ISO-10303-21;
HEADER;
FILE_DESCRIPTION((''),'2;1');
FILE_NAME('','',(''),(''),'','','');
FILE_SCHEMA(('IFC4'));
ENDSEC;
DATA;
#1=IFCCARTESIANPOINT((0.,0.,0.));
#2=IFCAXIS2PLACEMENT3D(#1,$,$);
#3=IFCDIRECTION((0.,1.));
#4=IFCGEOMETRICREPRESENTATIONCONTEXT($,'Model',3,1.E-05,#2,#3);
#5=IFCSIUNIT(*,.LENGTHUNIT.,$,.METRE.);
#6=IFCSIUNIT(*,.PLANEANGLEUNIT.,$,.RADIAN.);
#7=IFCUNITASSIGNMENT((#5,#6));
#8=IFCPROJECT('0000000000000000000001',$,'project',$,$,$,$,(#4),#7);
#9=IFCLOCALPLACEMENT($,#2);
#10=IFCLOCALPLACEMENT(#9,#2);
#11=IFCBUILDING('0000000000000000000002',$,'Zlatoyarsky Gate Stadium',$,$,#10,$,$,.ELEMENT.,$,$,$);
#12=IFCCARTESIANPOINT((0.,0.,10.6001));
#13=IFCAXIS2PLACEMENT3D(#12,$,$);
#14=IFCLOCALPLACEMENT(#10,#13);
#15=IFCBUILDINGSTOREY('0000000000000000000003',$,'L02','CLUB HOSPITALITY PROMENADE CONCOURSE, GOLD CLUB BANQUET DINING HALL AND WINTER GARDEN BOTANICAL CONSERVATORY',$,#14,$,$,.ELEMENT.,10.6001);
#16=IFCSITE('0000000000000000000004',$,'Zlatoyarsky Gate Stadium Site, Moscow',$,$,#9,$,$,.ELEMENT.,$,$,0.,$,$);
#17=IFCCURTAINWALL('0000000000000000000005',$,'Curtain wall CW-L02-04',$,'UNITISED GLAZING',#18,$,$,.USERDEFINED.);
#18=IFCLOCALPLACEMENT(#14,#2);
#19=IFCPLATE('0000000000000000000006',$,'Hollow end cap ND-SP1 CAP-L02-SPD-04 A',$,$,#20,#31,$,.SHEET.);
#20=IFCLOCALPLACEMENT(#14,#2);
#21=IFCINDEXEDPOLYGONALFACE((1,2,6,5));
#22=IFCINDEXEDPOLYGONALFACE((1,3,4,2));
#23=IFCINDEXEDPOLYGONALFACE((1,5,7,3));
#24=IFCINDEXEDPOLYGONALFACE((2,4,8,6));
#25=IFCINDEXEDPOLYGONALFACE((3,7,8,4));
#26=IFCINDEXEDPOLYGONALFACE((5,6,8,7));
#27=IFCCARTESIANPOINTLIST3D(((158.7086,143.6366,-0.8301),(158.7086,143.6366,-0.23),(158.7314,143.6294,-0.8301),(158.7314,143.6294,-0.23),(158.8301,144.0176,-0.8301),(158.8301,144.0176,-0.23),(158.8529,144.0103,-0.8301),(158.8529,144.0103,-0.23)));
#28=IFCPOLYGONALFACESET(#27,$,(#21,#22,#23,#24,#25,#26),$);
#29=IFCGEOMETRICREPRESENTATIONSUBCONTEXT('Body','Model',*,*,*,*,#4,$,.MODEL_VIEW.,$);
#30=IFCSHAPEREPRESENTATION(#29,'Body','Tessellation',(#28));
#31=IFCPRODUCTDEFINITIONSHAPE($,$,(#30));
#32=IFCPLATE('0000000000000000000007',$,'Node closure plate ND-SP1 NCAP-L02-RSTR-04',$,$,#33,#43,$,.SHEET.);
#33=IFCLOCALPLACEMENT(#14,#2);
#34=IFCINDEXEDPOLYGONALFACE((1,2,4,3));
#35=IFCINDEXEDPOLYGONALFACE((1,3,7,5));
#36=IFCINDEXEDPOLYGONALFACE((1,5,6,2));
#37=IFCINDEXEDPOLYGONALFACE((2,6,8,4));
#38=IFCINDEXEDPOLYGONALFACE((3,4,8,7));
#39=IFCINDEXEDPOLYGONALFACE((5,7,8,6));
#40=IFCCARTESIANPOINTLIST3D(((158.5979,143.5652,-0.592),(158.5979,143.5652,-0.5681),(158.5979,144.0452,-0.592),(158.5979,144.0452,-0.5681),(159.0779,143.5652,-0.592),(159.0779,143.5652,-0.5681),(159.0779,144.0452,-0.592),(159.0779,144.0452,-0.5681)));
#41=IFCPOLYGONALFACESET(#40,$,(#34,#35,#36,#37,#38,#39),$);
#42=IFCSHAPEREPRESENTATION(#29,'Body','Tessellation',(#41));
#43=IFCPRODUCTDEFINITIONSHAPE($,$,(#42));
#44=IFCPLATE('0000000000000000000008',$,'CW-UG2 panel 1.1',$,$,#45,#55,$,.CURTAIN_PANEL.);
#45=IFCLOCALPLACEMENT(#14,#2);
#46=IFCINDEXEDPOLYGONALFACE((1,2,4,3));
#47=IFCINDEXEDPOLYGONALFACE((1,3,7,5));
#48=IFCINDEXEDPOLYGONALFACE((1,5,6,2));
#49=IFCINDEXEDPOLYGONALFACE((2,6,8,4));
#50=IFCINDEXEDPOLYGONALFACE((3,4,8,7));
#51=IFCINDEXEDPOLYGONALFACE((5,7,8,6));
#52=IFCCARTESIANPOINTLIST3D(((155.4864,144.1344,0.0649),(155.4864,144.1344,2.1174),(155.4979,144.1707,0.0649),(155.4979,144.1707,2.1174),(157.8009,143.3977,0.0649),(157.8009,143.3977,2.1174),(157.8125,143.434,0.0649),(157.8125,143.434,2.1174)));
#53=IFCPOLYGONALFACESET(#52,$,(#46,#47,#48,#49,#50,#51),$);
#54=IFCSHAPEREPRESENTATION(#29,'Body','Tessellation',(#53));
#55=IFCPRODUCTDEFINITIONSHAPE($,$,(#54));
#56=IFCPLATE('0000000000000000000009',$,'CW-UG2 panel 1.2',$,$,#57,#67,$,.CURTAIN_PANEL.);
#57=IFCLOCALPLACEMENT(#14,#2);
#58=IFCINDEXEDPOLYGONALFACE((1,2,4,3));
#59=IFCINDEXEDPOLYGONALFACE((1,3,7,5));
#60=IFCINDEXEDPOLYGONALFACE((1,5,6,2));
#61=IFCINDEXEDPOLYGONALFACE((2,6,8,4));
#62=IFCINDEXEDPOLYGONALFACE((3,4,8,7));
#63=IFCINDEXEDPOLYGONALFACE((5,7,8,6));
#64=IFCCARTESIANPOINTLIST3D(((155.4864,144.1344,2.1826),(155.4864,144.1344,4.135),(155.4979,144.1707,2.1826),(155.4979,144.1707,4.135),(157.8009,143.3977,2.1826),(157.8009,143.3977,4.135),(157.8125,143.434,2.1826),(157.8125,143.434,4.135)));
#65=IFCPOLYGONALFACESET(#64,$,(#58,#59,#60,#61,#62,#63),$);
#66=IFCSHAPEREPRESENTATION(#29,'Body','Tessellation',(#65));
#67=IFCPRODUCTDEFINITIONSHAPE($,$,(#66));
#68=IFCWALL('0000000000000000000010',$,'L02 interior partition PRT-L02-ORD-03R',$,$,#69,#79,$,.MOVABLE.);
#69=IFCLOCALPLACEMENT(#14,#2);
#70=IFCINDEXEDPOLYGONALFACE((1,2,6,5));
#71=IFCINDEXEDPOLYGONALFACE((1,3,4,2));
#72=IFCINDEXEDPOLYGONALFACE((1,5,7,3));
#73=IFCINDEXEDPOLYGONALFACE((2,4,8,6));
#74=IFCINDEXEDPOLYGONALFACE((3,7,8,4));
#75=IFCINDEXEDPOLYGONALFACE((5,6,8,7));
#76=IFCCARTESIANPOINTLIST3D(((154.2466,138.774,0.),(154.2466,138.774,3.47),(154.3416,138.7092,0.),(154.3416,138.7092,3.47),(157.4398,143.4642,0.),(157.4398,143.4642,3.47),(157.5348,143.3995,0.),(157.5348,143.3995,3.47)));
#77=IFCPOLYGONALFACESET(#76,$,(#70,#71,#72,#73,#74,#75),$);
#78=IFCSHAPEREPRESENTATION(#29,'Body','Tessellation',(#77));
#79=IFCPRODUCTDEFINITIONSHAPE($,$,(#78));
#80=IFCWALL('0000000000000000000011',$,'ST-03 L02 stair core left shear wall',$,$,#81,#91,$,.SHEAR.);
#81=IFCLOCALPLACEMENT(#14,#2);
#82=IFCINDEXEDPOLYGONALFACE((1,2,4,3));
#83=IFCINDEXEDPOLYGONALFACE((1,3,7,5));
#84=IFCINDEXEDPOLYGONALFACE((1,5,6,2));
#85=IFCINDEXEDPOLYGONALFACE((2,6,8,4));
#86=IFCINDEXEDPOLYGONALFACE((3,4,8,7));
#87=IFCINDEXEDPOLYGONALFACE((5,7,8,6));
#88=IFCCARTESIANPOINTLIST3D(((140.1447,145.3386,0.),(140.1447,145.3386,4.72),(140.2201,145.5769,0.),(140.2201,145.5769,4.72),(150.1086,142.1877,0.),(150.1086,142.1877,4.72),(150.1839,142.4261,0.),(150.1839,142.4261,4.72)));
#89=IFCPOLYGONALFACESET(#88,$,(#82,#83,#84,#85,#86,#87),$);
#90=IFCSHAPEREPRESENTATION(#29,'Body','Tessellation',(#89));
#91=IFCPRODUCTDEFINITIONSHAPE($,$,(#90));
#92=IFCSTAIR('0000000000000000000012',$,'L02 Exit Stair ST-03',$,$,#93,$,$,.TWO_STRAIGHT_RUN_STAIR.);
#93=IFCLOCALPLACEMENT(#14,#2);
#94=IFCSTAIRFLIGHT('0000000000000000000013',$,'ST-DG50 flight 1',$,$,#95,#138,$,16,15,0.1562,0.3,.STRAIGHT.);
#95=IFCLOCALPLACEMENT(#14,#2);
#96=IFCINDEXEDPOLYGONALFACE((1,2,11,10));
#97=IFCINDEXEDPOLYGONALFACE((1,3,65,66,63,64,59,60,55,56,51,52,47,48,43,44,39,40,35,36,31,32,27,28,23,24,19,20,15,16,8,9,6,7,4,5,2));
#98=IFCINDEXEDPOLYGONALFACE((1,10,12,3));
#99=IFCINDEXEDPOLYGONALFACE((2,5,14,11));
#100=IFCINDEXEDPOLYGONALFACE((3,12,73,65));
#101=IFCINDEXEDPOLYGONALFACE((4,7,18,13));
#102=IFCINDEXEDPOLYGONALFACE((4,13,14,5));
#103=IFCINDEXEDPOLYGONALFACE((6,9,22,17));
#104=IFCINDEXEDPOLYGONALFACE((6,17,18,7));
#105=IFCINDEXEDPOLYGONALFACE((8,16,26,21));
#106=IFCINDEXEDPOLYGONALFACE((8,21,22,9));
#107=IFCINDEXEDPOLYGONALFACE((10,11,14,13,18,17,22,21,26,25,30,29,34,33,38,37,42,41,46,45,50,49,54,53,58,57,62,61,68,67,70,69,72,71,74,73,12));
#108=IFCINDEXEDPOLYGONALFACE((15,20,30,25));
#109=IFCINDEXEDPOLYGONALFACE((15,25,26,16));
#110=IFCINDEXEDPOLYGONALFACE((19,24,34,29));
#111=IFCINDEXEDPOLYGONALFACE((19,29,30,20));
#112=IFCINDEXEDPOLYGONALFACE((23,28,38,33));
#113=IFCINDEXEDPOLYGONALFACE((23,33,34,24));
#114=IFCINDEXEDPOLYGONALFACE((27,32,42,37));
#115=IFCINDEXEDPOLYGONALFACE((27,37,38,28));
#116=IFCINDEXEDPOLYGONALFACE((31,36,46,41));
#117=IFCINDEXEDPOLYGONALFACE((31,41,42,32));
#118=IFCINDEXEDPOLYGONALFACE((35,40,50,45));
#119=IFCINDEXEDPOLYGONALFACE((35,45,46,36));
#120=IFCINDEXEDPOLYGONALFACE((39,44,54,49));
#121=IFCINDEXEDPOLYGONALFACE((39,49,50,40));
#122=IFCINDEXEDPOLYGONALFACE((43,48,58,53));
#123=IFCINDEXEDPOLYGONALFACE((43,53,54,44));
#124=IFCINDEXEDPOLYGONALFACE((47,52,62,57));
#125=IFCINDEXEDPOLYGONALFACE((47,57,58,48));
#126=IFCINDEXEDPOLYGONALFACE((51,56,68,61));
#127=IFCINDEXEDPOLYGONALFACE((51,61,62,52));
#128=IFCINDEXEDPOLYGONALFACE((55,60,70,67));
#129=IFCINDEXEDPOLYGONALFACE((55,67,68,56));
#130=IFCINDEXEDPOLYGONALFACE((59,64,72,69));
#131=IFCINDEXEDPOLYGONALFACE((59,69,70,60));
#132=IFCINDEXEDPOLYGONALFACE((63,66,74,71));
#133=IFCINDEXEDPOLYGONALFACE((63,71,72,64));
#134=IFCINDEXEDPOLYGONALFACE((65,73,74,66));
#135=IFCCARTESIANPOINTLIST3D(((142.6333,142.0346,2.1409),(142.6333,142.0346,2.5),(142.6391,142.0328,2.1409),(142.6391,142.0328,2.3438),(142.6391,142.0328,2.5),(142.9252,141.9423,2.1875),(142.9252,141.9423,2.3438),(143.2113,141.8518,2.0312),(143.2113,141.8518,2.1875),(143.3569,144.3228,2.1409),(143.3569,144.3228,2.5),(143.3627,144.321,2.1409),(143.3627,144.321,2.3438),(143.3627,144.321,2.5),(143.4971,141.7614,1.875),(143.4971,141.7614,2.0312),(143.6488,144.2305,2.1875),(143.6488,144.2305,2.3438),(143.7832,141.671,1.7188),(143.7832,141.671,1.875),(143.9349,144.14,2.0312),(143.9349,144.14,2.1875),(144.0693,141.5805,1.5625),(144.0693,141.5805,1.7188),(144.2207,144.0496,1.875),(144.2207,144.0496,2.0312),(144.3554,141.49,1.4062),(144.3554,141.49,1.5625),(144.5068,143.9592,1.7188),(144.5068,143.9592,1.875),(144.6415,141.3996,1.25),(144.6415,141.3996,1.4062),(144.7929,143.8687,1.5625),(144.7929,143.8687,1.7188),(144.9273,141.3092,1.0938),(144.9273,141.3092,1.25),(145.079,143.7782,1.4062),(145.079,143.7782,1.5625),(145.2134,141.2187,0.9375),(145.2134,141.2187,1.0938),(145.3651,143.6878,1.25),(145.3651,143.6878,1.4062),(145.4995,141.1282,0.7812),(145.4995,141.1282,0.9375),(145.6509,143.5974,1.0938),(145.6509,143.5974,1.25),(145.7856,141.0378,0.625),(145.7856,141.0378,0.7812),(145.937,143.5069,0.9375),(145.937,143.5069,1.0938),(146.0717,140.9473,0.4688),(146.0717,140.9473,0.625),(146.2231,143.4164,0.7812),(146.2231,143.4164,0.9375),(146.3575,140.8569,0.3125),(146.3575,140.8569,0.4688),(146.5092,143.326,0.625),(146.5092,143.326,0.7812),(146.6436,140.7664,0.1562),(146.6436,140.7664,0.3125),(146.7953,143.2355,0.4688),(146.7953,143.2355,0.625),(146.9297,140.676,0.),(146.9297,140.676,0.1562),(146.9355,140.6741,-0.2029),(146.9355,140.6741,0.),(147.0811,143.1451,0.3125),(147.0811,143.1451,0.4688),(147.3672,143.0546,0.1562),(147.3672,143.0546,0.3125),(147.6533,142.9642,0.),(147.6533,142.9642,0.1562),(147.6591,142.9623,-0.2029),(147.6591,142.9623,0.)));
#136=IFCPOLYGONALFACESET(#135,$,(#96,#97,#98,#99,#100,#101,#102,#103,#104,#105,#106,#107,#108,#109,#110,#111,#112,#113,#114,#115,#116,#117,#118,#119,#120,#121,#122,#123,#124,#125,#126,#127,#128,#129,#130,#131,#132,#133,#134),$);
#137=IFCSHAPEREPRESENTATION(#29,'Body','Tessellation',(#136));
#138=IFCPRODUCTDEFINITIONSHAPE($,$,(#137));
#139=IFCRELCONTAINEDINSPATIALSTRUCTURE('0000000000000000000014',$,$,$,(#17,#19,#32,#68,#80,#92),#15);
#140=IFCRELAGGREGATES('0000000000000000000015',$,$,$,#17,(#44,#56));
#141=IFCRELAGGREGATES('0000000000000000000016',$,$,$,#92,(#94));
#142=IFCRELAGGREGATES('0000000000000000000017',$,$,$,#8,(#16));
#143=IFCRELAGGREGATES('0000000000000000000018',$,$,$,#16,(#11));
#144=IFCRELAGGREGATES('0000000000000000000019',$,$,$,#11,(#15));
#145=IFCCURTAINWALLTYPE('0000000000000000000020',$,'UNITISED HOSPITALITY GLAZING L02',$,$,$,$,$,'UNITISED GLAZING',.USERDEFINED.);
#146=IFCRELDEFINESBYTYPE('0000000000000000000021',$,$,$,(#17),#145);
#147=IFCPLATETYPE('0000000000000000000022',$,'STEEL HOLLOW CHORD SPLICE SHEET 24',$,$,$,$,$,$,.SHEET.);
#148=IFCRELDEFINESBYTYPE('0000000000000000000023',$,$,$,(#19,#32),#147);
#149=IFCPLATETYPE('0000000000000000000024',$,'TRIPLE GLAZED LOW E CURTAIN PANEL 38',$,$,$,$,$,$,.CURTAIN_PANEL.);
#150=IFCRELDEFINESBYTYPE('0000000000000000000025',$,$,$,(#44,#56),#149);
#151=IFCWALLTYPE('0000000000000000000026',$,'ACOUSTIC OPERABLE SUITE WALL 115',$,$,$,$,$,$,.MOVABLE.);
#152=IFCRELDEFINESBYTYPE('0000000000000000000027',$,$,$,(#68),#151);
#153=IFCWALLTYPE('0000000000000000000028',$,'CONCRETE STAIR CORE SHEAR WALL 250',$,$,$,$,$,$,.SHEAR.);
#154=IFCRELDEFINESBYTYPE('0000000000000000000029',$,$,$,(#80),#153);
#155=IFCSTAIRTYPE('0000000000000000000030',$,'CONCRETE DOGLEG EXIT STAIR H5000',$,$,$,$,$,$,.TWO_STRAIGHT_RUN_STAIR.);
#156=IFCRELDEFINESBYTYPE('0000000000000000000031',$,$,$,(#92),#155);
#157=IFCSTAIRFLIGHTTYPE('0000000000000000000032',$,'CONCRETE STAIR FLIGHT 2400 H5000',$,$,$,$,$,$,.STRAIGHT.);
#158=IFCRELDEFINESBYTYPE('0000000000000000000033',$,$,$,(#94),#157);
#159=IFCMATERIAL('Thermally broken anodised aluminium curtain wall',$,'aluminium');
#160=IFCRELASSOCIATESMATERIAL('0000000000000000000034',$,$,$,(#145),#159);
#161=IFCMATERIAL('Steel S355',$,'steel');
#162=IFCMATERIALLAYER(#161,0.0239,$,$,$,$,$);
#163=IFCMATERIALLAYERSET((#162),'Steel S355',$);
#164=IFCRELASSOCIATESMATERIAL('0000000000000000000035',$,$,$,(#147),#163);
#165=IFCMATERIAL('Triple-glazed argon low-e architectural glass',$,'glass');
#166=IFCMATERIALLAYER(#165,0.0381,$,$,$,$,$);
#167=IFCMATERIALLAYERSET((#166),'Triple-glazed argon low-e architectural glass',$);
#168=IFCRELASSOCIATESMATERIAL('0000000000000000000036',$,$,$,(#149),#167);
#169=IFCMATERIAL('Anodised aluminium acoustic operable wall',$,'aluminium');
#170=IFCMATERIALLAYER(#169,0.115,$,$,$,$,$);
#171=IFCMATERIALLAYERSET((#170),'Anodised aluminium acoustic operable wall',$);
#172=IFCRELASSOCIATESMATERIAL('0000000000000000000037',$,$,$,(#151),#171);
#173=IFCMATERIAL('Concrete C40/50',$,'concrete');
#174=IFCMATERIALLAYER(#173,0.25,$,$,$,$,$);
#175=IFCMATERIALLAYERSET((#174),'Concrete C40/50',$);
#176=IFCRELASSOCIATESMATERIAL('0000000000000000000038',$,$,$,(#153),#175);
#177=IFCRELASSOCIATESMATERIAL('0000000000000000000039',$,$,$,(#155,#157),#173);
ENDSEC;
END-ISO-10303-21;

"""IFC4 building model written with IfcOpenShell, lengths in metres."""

from ifc_helpers import new_model, si_unit, direction, frame, frame_2d, origin, origin_2d, place, context, subcontext, project, spatial, polyline, rectangle, outline, extrude, material, layer, layer_set, type_object, element, aggregate, save


model = new_model("IFC4")

# Units and contexts
model_context = context("Model", 3, precision=1e-05, world=origin(), true_north=direction((0.0, 1.0)))
body_context = subcontext(model_context, "Body", "Model", "MODEL_VIEW")
ifc_project = project(units=[si_unit("LENGTHUNIT", "METRE"), si_unit("PLANEANGLEUNIT", "RADIAN")], contexts=[model_context])

# Site, building, storey
site_placement = place(None, origin())
site = spatial("IfcSite", under=ifc_project, at=site_placement, Name="Zlatoyarsky Gate Stadium Site, Moscow", CompositionType="ELEMENT", RefElevation=0.0)
building_placement = place(site_placement, origin())
building = spatial("IfcBuilding", under=site, at=building_placement, Name="Zlatoyarsky Gate Stadium", CompositionType="ELEMENT")
storey_placement = place(building_placement, frame((0.0, 0.0, 10.6001)))
storey = spatial("IfcBuildingStorey", under=building, at=storey_placement, Name="L02", Description="CLUB HOSPITALITY PROMENADE CONCOURSE, GOLD CLUB BANQUET DINING HALL AND WINTER GARDEN BOTANICAL CONSERVATORY", CompositionType="ELEMENT", Elevation=10.6001)

# Shared definitions
ifc_material_1 = material(Name="Steel S355", Category="steel")

# Shared definitions
ifc_material_2 = material(Name="Thermally broken anodised aluminium curtain wall", Category="aluminium")
curtain_wall_type = type_object("IfcCurtainWallType", Name="UNITISED HOSPITALITY GLAZING L02", ElementType="UNITISED GLAZING", PredefinedType="USERDEFINED", material=ifc_material_2)

# Curtain wall
curtain_wall_1_placement = place(storey_placement, origin())
curtain_wall_1 = element("IfcCurtainWall", 1, at=curtain_wall_1_placement, inside=storey, type_object=curtain_wall_type, Name="Curtain wall CW-L02-04", ObjectType="UNITISED GLAZING", PredefinedType="USERDEFINED")

# Plates
ifc_layer_1 = layer(ifc_material_1, 0.0239)
ifc_layer_set_1 = layer_set([ifc_layer_1], Name="Steel S355")
plate_type_1 = type_object("IfcPlateType", Name="STEEL HOLLOW CHORD SPLICE SHEET 24", PredefinedType="SHEET", material=ifc_layer_set_1)
for number, where, z_axis, x_axis, name in (
    (2, (158.7808, 143.8235, -0.8301), (0.0, 0.0, 1.0), (-0.952709, 0.303884, 0.0), "Hollow end cap ND-SP1 CAP-L02-SPD-04 A"),
):
    element("IfcPlate", number, at=place(storey_placement, frame(where, z_axis=z_axis, x_axis=x_axis)), inside=storey, type_object=plate_type_1, Name=name, PredefinedType="SHEET", context=body_context, shape_type="SweptSolid", body=[
        extrude(rectangle(XDim=0.0239, YDim=0.3999, at=origin_2d()), origin(), (0.0, 0.0, 1.0), 0.6001),
    ])
plate_1_placement = place(storey_placement, frame((158.8379, 143.8052, -0.592), z_axis=(0.0, 0.0, 1.0), x_axis=(1.0, 0.0, 0.0)))
element("IfcPlate", 3, at=plate_1_placement, inside=storey, type_object=plate_type_1, Name="Node closure plate ND-SP1 NCAP-L02-RSTR-04", PredefinedType="SHEET", context=body_context, shape_type="SweptSolid", body=[
    extrude(rectangle(XDim=0.48, YDim=0.48, at=origin_2d()), origin(), (0.0, 0.0, 1.0), 0.0239),
])

# Plates
ifc_material_3 = material(Name="Triple-glazed argon low-e architectural glass", Category="glass")
ifc_layer_2 = layer(ifc_material_3, 0.0381)
ifc_layer_set_2 = layer_set([ifc_layer_2], Name="Triple-glazed argon low-e architectural glass")
plate_type_2 = type_object("IfcPlateType", Name="TRIPLE GLAZED LOW E CURTAIN PANEL 38", PredefinedType="CURTAIN_PANEL", material=ifc_layer_set_2)
plate_2_placement = place(storey_placement, frame((156.6494, 143.7842, 0.0649), z_axis=(0.0, 0.0, 1.0), x_axis=(-0.952902, 0.303278, 0.0)))
plate_2 = element("IfcPlate", 4, at=plate_2_placement, type_object=plate_type_2, Name="CW-UG2 panel 1.1", PredefinedType="CURTAIN_PANEL", context=body_context, shape_type="SweptSolid", body=[
    extrude(rectangle(XDim=2.429, YDim=0.0381, at=origin_2d()), origin(), (0.0, 0.0, 1.0), 2.0525),
])
plate_3_placement = place(storey_placement, frame((156.6494, 143.7842, 2.1826), z_axis=(0.0, 0.0, 1.0), x_axis=(-0.952902, 0.303278, 0.0)))
plate_3 = element("IfcPlate", 5, at=plate_3_placement, type_object=plate_type_2, Name="CW-UG2 panel 1.2", PredefinedType="CURTAIN_PANEL", context=body_context, shape_type="SweptSolid", body=[
    extrude(rectangle(XDim=2.429, YDim=0.0381, at=origin_2d()), origin(), (0.0, 0.0, 1.0), 1.9524),
])
aggregate(curtain_wall_1, [plate_2, plate_3])

# Walls
ifc_material_4 = material(Name="Anodised aluminium acoustic operable wall", Category="aluminium")
ifc_layer_3 = layer(ifc_material_4, 0.115)
ifc_layer_set_3 = layer_set([ifc_layer_3], Name="Anodised aluminium acoustic operable wall")
wall_type_1 = type_object("IfcWallType", Name="ACOUSTIC OPERABLE SUITE WALL 115", PredefinedType="MOVABLE", material=ifc_layer_set_3)
wall_1_placement = place(storey_placement, frame((154.2942, 138.7417, 0.0), z_axis=(0.0, 0.0, 1.0), x_axis=(0.562767, 0.826616, 0.0)))
element("IfcWall", 6, at=wall_1_placement, inside=storey, type_object=wall_type_1, Name="L02 interior partition PRT-L02-ORD-03R", PredefinedType="MOVABLE", context=body_context, shape_type="SweptSolid", body=[
    extrude(rectangle(XDim=5.6741, YDim=0.115, at=frame_2d((2.8369, 0.0))), origin(), (0.0, 0.0, 1.0), 3.47),
])
ifc_material_5 = material(Name="Concrete C40/50", Category="concrete")
ifc_layer_4 = layer(ifc_material_5, 0.25)
ifc_layer_set_4 = layer_set([ifc_layer_4], Name="Concrete C40/50")
wall_type_2 = type_object("IfcWallType", Name="CONCRETE STAIR CORE SHEAR WALL 250", PredefinedType="SHEAR", material=ifc_layer_set_4)
wall_2_placement = place(storey_placement, frame((150.1462, 142.3069, 0.0), z_axis=(0.0, 0.0, 1.0), x_axis=(-0.953462, 0.301514, 0.0)))
element("IfcWall", 7, at=wall_2_placement, inside=storey, type_object=wall_type_2, Name="ST-03 L02 stair core left shear wall", PredefinedType="SHEAR", context=body_context, shape_type="SweptSolid", body=[
    extrude(rectangle(XDim=10.4502, YDim=0.25, at=frame_2d((5.2251, 0.0))), origin(), (0.0, 0.0, 1.0), 4.72),
])

# Stair, stair flight
stair_type = type_object("IfcStairType", Name="CONCRETE DOGLEG EXIT STAIR H5000", PredefinedType="TWO_STRAIGHT_RUN_STAIR", material=ifc_material_5)
stair_placement = place(storey_placement, origin())
stair = element("IfcStair", 8, at=stair_placement, inside=storey, type_object=stair_type, Name="L02 Exit Stair ST-03", PredefinedType="TWO_STRAIGHT_RUN_STAIR")
stair_flight_type = type_object("IfcStairFlightType", Name="CONCRETE STAIR FLIGHT 2400 H5000", PredefinedType="STRAIGHT", material=ifc_material_5)
stair_flight_placement = place(storey_placement, frame((147.2915, 141.8201, 0.0), z_axis=(0.0, 0.0, 1.0), x_axis=(-0.953463, 0.30151, 0.0)))
stair_flight = element("IfcStairFlight", 9, at=stair_flight_placement, type_object=stair_flight_type, Name="ST-DG50 flight 1", NumberOfRisers=16, NumberOfTreads=15, PredefinedType="STRAIGHT", RiserHeight=0.1562, TreadLength=0.3, context=body_context, shape_type="SweptSolid", body=[
    extrude(outline(polyline([(-0.0061, -0.2029), (-0.0061, 0.0), (0.0, 0.0), (0.0, 0.1562), (0.3, 0.1562), (0.3, 0.3125), (0.6001, 0.3125), (0.6001, 0.4688), (0.8999, 0.4688), (0.8999, 0.625), (1.2, 0.625), (1.2, 0.7812), (1.5, 0.7812), (1.5, 0.9375), (1.8, 0.9375), (1.8, 1.0938), (2.1001, 1.0938), (2.1001, 1.25), (2.3999, 1.25), (2.3999, 1.4062), (2.7, 1.4062), (2.7, 1.5625), (3.0, 1.5625), (3.0, 1.7188), (3.3, 1.7188), (3.3, 1.875), (3.6001, 1.875), (3.6001, 2.0312), (3.8999, 2.0312), (3.8999, 2.1875), (4.2, 2.1875), (4.2, 2.3438), (4.5, 2.3438), (4.5, 2.5), (4.5061, 2.5), (4.5061, 2.1409), (4.5, 2.1409), (-0.0061, -0.2029)])), frame((0.0, 1.2, 0.0), z_axis=(0.0, -1.0, 0.0), x_axis=(1.0, 0.0, 0.0)), (0.0, 0.0, 1.0), 2.3999),
])
aggregate(stair, [stair_flight])

save(model, "model.ifc")
